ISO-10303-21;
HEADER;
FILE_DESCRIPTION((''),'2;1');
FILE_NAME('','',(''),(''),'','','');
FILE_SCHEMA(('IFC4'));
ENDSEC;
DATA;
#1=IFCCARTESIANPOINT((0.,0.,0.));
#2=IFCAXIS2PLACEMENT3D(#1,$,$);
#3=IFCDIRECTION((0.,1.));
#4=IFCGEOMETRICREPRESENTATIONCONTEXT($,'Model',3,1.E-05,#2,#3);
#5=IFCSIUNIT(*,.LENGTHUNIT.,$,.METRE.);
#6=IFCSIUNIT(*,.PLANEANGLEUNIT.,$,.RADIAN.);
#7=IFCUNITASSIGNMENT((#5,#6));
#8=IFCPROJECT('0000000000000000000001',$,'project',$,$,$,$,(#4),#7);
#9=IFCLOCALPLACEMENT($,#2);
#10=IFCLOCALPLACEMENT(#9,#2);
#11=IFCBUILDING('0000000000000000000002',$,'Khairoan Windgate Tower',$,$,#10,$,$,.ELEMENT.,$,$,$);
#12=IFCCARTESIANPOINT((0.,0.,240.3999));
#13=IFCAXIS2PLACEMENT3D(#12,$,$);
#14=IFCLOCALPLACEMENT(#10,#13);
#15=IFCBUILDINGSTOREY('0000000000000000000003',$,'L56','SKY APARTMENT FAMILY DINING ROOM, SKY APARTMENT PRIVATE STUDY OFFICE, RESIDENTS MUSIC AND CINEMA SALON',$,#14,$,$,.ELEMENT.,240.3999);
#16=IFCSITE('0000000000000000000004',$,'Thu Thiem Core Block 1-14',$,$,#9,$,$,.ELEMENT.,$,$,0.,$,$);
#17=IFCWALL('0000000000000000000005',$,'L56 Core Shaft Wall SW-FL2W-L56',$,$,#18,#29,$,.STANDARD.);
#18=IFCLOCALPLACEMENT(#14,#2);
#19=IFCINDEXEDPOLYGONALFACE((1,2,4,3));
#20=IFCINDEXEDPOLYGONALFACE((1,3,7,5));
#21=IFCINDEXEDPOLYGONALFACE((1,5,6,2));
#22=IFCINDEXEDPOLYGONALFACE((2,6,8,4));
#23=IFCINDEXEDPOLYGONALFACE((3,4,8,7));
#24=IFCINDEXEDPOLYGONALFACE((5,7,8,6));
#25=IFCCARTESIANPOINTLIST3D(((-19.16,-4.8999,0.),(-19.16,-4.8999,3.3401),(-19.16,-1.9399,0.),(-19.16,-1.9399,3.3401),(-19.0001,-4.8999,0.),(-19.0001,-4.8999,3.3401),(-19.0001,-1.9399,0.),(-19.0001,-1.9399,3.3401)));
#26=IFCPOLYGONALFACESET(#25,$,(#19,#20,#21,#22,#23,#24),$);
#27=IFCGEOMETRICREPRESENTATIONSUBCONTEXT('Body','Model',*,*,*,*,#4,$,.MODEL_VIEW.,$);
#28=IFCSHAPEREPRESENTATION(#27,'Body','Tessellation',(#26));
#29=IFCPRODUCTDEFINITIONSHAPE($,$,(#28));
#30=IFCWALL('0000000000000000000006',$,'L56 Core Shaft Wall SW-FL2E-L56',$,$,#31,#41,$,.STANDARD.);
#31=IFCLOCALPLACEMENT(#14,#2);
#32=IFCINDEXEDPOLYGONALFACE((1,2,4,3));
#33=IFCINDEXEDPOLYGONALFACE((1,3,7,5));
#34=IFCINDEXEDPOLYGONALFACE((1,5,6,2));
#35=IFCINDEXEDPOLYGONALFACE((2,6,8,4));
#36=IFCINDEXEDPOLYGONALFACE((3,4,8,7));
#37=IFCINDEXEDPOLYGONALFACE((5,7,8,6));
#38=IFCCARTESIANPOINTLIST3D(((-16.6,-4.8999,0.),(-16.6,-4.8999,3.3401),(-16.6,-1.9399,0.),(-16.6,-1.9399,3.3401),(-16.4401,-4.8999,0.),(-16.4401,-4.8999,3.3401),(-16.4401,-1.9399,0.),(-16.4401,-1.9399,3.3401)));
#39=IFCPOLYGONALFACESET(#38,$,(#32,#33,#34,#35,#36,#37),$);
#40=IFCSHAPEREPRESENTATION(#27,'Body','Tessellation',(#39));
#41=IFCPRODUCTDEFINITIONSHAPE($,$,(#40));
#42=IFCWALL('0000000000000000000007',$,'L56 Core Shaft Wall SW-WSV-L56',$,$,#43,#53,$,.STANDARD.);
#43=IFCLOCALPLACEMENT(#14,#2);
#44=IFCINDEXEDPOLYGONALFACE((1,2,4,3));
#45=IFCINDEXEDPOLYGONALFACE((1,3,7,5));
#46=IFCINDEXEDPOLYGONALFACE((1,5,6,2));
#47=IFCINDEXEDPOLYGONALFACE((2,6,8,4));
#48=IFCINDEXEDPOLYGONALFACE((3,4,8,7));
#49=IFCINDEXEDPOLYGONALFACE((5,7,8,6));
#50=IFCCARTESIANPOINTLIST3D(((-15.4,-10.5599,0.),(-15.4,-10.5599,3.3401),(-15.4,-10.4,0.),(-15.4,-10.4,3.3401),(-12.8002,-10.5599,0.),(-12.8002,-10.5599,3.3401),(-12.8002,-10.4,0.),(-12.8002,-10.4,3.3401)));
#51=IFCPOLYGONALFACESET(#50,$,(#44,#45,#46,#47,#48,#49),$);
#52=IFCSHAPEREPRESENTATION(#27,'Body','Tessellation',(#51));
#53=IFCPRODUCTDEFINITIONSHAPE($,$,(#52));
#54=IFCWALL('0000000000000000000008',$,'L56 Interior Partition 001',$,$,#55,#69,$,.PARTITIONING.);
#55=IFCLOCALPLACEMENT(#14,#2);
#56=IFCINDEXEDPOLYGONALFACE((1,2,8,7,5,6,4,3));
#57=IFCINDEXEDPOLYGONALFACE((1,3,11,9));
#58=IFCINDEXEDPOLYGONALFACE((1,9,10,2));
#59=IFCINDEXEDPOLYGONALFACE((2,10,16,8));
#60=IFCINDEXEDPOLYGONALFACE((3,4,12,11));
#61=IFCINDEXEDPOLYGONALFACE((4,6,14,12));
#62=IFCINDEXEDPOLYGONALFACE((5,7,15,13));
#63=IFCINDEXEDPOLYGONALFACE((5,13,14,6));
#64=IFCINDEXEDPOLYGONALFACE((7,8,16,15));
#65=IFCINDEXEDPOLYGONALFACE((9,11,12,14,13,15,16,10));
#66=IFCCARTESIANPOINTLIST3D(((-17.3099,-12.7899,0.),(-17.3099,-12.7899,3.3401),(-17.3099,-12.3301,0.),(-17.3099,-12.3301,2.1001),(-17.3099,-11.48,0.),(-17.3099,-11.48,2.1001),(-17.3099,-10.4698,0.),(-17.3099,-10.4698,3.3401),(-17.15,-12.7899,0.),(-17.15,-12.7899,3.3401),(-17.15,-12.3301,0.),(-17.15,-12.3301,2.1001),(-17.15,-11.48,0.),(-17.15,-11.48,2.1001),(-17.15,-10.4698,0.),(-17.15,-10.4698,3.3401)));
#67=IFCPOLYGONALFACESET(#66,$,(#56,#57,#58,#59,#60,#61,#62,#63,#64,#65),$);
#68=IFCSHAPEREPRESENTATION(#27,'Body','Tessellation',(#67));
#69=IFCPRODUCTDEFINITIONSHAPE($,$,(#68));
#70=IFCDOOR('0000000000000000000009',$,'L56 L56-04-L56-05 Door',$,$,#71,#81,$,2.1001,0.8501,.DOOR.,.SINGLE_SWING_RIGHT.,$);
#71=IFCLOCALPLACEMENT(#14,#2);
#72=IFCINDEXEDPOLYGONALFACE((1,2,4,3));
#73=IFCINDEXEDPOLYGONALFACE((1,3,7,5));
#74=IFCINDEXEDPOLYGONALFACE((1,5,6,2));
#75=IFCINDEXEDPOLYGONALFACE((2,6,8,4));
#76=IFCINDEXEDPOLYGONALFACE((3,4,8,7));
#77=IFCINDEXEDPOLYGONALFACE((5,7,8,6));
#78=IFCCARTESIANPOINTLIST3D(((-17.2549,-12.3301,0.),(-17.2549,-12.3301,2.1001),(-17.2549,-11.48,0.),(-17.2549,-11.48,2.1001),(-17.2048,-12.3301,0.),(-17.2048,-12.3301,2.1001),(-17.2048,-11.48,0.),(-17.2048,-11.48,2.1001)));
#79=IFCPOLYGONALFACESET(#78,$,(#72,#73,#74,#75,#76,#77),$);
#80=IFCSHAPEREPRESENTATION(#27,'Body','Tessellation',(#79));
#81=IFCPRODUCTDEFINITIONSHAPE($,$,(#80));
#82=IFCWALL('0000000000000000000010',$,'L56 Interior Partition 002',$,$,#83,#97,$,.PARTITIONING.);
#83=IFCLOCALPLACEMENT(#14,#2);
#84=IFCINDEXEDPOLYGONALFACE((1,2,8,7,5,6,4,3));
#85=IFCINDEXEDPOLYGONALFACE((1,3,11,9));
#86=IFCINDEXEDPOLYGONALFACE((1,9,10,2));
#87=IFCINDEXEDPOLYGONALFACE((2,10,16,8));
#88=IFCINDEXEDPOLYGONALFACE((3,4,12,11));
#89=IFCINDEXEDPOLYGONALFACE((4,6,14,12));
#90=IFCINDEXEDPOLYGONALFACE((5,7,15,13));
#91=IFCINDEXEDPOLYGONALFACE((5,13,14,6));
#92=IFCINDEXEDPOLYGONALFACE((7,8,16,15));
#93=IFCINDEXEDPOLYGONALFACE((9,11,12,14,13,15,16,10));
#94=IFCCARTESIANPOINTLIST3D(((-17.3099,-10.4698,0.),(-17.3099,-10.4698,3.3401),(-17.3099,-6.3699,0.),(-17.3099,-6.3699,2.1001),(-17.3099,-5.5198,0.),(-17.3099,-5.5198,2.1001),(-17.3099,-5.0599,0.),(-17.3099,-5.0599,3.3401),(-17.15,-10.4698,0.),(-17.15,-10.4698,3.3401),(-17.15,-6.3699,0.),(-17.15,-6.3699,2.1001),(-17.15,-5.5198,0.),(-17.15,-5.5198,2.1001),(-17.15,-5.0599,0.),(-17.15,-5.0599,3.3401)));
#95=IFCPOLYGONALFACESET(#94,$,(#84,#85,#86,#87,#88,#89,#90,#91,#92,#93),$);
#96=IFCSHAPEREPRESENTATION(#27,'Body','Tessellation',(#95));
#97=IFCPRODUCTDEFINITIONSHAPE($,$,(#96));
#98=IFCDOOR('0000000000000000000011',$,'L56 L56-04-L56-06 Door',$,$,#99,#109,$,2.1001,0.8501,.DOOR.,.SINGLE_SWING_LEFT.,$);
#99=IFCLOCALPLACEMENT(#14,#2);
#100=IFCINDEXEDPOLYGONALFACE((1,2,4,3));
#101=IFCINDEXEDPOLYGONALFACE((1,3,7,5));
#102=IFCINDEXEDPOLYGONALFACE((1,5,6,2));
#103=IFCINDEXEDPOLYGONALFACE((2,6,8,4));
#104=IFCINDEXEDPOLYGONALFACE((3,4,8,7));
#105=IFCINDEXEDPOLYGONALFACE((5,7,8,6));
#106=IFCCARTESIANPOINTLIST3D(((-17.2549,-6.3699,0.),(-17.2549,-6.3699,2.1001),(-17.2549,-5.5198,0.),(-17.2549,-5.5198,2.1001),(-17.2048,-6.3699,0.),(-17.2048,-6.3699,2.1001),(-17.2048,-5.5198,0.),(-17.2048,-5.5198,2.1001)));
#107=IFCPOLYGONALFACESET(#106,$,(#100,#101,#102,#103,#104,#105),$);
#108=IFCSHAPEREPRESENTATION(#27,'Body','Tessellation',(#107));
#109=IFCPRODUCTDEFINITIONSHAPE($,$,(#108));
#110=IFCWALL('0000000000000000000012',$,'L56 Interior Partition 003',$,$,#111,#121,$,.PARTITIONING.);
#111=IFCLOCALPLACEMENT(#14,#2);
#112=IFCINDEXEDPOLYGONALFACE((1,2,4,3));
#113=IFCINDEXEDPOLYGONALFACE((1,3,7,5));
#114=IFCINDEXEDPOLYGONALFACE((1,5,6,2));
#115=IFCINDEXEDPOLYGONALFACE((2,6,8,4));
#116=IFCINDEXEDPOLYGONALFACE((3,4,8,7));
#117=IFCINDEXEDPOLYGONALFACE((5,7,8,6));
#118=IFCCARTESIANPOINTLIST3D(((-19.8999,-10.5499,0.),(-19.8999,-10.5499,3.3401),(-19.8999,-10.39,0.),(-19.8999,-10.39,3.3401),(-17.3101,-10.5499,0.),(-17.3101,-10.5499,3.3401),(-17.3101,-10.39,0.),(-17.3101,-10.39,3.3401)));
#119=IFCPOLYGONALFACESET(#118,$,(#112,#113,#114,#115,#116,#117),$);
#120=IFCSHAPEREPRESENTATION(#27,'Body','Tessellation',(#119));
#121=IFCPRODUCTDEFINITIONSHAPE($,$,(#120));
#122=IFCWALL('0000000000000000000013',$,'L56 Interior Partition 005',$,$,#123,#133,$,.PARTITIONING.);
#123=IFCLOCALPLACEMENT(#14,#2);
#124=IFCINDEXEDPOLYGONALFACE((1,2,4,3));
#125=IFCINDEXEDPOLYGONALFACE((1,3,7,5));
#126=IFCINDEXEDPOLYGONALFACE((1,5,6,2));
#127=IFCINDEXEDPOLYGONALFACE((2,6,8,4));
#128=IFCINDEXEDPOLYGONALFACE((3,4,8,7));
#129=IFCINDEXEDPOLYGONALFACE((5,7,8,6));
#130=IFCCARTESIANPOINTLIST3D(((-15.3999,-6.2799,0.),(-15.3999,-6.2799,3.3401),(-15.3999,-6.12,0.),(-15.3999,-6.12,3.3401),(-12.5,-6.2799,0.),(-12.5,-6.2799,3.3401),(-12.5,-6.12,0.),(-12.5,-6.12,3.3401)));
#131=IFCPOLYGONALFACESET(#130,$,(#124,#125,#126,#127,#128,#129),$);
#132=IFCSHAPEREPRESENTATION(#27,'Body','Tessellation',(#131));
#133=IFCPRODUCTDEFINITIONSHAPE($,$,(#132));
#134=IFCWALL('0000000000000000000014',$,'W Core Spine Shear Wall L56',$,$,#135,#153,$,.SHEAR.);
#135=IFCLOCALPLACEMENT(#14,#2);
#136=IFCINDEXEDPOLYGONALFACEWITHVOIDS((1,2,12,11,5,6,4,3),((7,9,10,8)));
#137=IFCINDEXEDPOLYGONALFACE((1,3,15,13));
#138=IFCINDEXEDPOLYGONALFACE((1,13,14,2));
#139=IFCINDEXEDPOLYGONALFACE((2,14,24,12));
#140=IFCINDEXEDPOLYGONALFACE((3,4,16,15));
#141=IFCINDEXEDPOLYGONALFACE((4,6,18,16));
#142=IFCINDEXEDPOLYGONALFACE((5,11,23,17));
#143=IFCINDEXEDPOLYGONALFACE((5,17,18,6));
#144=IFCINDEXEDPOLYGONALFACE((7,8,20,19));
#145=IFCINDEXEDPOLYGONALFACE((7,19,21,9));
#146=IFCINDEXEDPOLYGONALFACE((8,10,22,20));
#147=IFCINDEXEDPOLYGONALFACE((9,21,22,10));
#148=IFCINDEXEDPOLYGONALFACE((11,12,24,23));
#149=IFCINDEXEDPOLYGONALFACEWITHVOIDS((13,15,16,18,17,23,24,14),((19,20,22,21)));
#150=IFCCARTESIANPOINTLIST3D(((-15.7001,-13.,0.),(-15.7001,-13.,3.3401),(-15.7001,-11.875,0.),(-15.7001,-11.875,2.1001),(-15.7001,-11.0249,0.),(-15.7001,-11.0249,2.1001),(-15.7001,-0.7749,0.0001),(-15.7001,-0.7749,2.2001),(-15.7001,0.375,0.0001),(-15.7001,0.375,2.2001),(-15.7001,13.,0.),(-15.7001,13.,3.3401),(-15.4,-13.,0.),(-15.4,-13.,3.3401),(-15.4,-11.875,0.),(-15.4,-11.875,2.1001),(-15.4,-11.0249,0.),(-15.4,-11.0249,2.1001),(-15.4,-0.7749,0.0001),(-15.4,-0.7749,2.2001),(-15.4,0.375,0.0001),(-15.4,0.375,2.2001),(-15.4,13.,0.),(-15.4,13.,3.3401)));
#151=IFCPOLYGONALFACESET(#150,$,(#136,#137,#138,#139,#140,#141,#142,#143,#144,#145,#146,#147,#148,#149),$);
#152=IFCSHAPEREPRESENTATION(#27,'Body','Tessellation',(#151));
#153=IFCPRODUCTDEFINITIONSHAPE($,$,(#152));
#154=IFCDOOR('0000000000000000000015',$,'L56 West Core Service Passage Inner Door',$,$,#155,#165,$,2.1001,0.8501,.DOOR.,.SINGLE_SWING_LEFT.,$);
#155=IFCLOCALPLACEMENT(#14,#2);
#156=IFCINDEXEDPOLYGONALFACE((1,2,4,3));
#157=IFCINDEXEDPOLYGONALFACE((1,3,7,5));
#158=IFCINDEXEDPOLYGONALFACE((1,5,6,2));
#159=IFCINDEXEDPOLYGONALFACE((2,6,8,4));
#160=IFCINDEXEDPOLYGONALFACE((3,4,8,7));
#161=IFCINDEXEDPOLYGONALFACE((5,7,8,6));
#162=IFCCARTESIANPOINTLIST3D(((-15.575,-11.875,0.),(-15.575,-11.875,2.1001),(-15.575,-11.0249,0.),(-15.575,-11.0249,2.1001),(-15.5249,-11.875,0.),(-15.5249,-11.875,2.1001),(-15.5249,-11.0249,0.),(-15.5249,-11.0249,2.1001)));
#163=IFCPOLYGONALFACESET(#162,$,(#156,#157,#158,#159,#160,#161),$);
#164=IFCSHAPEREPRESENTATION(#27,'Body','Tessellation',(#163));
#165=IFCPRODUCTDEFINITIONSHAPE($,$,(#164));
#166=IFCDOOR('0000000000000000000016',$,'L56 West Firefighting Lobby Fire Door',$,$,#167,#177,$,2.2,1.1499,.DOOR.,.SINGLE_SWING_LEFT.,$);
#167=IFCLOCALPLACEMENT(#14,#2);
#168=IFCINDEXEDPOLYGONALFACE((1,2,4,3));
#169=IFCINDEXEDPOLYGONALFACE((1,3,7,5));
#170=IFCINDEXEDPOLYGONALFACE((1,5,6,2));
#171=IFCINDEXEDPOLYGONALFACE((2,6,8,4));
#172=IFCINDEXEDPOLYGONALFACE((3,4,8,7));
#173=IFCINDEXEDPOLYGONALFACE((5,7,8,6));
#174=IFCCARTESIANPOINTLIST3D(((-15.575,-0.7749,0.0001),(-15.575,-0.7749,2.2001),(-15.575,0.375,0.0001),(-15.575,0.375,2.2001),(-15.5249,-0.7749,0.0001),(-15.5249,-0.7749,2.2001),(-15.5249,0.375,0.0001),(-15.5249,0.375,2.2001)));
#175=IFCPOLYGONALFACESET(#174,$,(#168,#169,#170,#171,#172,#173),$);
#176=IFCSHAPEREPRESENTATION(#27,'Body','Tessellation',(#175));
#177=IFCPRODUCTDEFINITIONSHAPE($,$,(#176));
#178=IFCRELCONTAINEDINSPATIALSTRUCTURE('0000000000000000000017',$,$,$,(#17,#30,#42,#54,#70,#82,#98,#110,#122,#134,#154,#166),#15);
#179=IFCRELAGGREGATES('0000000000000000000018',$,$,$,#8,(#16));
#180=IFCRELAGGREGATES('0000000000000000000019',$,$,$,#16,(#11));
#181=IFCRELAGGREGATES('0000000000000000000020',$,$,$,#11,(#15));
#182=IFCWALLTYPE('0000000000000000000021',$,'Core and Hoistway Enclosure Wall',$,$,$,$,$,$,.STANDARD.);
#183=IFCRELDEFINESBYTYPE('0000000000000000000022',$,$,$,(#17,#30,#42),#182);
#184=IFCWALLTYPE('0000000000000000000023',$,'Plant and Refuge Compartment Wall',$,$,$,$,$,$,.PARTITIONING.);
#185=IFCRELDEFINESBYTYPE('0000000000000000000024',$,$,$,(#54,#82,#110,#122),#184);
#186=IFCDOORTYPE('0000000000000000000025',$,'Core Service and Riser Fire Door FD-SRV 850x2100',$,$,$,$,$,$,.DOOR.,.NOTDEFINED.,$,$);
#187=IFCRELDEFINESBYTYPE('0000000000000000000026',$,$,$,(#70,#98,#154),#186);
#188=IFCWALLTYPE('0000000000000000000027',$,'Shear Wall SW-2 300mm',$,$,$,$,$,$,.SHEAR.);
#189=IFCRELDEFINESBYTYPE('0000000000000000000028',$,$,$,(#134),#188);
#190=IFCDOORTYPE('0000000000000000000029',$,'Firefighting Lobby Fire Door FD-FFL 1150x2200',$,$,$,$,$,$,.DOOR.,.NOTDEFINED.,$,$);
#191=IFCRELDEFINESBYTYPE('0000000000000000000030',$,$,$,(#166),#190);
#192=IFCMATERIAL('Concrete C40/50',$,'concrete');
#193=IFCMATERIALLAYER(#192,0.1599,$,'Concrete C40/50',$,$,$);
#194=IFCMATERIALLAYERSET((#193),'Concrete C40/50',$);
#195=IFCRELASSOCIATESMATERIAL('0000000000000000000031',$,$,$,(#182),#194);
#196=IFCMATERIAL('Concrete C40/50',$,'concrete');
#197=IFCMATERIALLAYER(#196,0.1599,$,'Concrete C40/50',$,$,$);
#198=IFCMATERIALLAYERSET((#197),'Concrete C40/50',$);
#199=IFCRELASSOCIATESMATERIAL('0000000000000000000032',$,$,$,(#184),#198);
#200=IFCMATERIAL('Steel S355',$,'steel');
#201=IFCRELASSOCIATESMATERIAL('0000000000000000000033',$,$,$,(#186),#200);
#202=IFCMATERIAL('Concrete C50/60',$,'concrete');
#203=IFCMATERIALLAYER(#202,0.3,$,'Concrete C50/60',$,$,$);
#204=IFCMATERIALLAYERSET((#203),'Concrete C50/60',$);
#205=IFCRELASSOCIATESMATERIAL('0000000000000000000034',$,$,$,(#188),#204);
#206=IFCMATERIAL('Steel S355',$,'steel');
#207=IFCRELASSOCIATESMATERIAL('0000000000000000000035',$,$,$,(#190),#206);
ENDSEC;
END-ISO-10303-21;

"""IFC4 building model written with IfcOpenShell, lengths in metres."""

from ifc_helpers import new_model, si_unit, direction, frame, frame_2d, origin, place, context, subcontext, project, spatial, rectangle, extrude, material, layer, layer_set, type_object, element, fill, save


model = new_model("IFC4")

# Units and contexts
model_context = context("Model", 3, precision=1e-05, world=origin(), true_north=direction((0.0, 1.0)))
body_context = subcontext(model_context, "Body", "Model", "MODEL_VIEW")
ifc_project = project(units=[si_unit("LENGTHUNIT", "METRE"), si_unit("PLANEANGLEUNIT", "RADIAN")], contexts=[model_context])

# Site, building, storey
site_placement = place(None, origin())
site = spatial("IfcSite", under=ifc_project, at=site_placement, Name="Thu Thiem Core Block 1-14", CompositionType="ELEMENT", RefElevation=0.0)
building_placement = place(site_placement, origin())
building = spatial("IfcBuilding", under=site, at=building_placement, Name="Khairoan Windgate Tower", CompositionType="ELEMENT")
storey_placement = place(building_placement, frame((0.0, 0.0, 240.3999)))
storey = spatial("IfcBuildingStorey", under=building, at=storey_placement, Name="L56", Description="SKY APARTMENT FAMILY DINING ROOM, SKY APARTMENT PRIVATE STUDY OFFICE, RESIDENTS MUSIC AND CINEMA SALON", CompositionType="ELEMENT", Elevation=240.3999)

# Shared definitions
ifc_material_1 = material(Name="Concrete C40/50", Category="concrete")
ifc_layer_1 = layer(ifc_material_1, 0.1599, Name="Concrete C40/50")
ifc_layer_set_1 = layer_set([ifc_layer_1], Name="Concrete C40/50")
wall_type_1 = type_object("IfcWallType", Name="Core and Hoistway Enclosure Wall", PredefinedType="STANDARD", material=ifc_layer_set_1)

# Walls
for number, where, z_axis, x_axis, name in (
    (1, (-19.0801, -4.8999, 0.0), (0.0, 0.0, 1.0), (0.0, 1.0, 0.0), "L56 Core Shaft Wall SW-FL2W-L56"),
    (2, (-16.52, -4.8999, 0.0), (0.0, 0.0, 1.0), (0.0, 1.0, 0.0), "L56 Core Shaft Wall SW-FL2E-L56"),
):
    element("IfcWall", number, at=place(storey_placement, frame(where, z_axis=z_axis, x_axis=x_axis)), inside=storey, type_object=wall_type_1, Name=name, PredefinedType="STANDARD", context=body_context, shape_type="SweptSolid", body=[
        extrude(rectangle(XDim=2.96, YDim=0.1599, at=frame_2d((1.48, 0.0))), origin(), (0.0, 0.0, 1.0), 3.3401),
    ])
wall_1_placement = place(storey_placement, frame((-15.3999, -10.48, 0.0), z_axis=(0.0, 0.0, 1.0), x_axis=(1.0, 0.0, 0.0)))
element("IfcWall", 3, at=wall_1_placement, inside=storey, type_object=wall_type_1, Name="L56 Core Shaft Wall SW-WSV-L56", PredefinedType="STANDARD", context=body_context, shape_type="SweptSolid", body=[
    extrude(rectangle(XDim=2.5999, YDim=0.1599, at=frame_2d((1.2998, 0.0))), origin(), (0.0, 0.0, 1.0), 3.3401),
])

# Walls, openings, doors
ifc_material_2 = material(Name="Concrete C40/50", Category="concrete")
ifc_layer_2 = layer(ifc_material_2, 0.1599, Name="Concrete C40/50")
ifc_layer_set_2 = layer_set([ifc_layer_2], Name="Concrete C40/50")
wall_type_2 = type_object("IfcWallType", Name="Plant and Refuge Compartment Wall", PredefinedType="PARTITIONING", material=ifc_layer_set_2)
wall_2_placement = place(storey_placement, frame((-17.23, -12.79, 0.0), z_axis=(0.0, 0.0, 1.0), x_axis=(0.0, 1.0, 0.0)))
wall_2 = element("IfcWall", 4, at=wall_2_placement, inside=storey, type_object=wall_type_2, Name="L56 Interior Partition 001", PredefinedType="PARTITIONING", context=body_context, shape_type="SweptSolid", body=[
    extrude(rectangle(XDim=2.3201, YDim=0.1599, at=frame_2d((1.1602, 0.0))), origin(), (0.0, 0.0, 1.0), 3.3401),
])
opening_1_placement = place(wall_2_placement, frame((0.46, 0.0, 0.0)))
opening_1 = element("IfcOpeningElement", 5, at=opening_1_placement, cuts=wall_2, PredefinedType="OPENING", context=body_context, shape_type="SweptSolid", body=[
    extrude(rectangle(XDim=0.8501, YDim=2.1001, at=frame_2d((0.425, 1.05))), frame((0.0, 0.0898, 0.0), z_axis=(0.0, -1.0, 0.0), x_axis=(1.0, 0.0, 0.0)), (0.0, 0.0, 1.0), 0.1799),
])
ifc_material_3 = material(Name="Steel S355", Category="steel")
door_type_1 = type_object("IfcDoorType", Name="Core Service and Riser Fire Door FD-SRV 850x2100", OperationType="NOTDEFINED", PredefinedType="DOOR", material=ifc_material_3)
door_1_placement = place(opening_1_placement, origin())
door_1 = element("IfcDoor", 6, at=door_1_placement, inside=storey, type_object=door_type_1, Name="L56 L56-04-L56-05 Door", OperationType="SINGLE_SWING_RIGHT", OverallHeight=2.1001, OverallWidth=0.8501, PredefinedType="DOOR", context=body_context, shape_type="SweptSolid", body=[
    extrude(rectangle(XDim=0.8501, YDim=2.1001, at=frame_2d((0.425, 1.05))), frame((0.0, 0.0249, 0.0), z_axis=(0.0, -1.0, 0.0), x_axis=(1.0, 0.0, 0.0)), (0.0, 0.0, 1.0), 0.05),
])
fill(opening_1, door_1)
wall_3_placement = place(storey_placement, frame((-17.23, -10.47, 0.0), z_axis=(0.0, 0.0, 1.0), x_axis=(0.0, 1.0, 0.0)))
wall_3 = element("IfcWall", 7, at=wall_3_placement, inside=storey, type_object=wall_type_2, Name="L56 Interior Partition 002", PredefinedType="PARTITIONING", context=body_context, shape_type="SweptSolid", body=[
    extrude(rectangle(XDim=5.4099, YDim=0.1599, at=frame_2d((2.7051, 0.0))), origin(), (0.0, 0.0, 1.0), 3.3401),
])
opening_2_placement = place(wall_3_placement, frame((4.1001, 0.0, 0.0)))
opening_2 = element("IfcOpeningElement", 8, at=opening_2_placement, cuts=wall_3, PredefinedType="OPENING", context=body_context, shape_type="SweptSolid", body=[
    extrude(rectangle(XDim=0.8501, YDim=2.1001, at=frame_2d((0.425, 1.05))), frame((0.0, 0.0898, 0.0), z_axis=(0.0, -1.0, 0.0), x_axis=(1.0, 0.0, 0.0)), (0.0, 0.0, 1.0), 0.1799),
])
door_2_placement = place(opening_2_placement, origin())
door_2 = element("IfcDoor", 9, at=door_2_placement, inside=storey, type_object=door_type_1, Name="L56 L56-04-L56-06 Door", OperationType="SINGLE_SWING_LEFT", OverallHeight=2.1001, OverallWidth=0.8501, PredefinedType="DOOR", context=body_context, shape_type="SweptSolid", body=[
    extrude(rectangle(XDim=0.8501, YDim=2.1001, at=frame_2d((0.425, 1.05))), frame((0.0, 0.0249, 0.0), z_axis=(0.0, -1.0, 0.0), x_axis=(1.0, 0.0, 0.0)), (0.0, 0.0, 1.0), 0.05),
])
fill(opening_2, door_2)

# Walls
wall_4_placement = place(storey_placement, frame((-19.8999, -10.47, 0.0), z_axis=(0.0, 0.0, 1.0), x_axis=(1.0, 0.0, 0.0)))
element("IfcWall", 10, at=wall_4_placement, inside=storey, type_object=wall_type_2, Name="L56 Interior Partition 003", PredefinedType="PARTITIONING", context=body_context, shape_type="SweptSolid", body=[
    extrude(rectangle(XDim=2.5898, YDim=0.1599, at=frame_2d((1.2949, 0.0))), origin(), (0.0, 0.0, 1.0), 3.3401),
])
wall_5_placement = place(storey_placement, frame((-15.3999, -6.2, 0.0), z_axis=(0.0, 0.0, 1.0), x_axis=(1.0, 0.0, 0.0)))
element("IfcWall", 11, at=wall_5_placement, inside=storey, type_object=wall_type_2, Name="L56 Interior Partition 005", PredefinedType="PARTITIONING", context=body_context, shape_type="SweptSolid", body=[
    extrude(rectangle(XDim=2.8999, YDim=0.1599, at=frame_2d((1.45, 0.0))), origin(), (0.0, 0.0, 1.0), 3.3401),
])

# Wall, openings, doors
ifc_material_4 = material(Name="Concrete C50/60", Category="concrete")
ifc_layer_3 = layer(ifc_material_4, 0.3, Name="Concrete C50/60")
ifc_layer_set_3 = layer_set([ifc_layer_3], Name="Concrete C50/60")
wall_type_3 = type_object("IfcWallType", Name="Shear Wall SW-2 300mm", PredefinedType="SHEAR", material=ifc_layer_set_3)
wall_6_placement = place(storey_placement, frame((-15.55, -13.0, 0.0), z_axis=(0.0, 0.0, 1.0), x_axis=(0.0, 1.0, 0.0)))
wall_6 = element("IfcWall", 12, at=wall_6_placement, inside=storey, type_object=wall_type_3, Name="W Core Spine Shear Wall L56", PredefinedType="SHEAR", context=body_context, shape_type="SweptSolid", body=[
    extrude(rectangle(XDim=26.0, YDim=0.3, at=frame_2d((13.0, 0.0))), origin(), (0.0, 0.0, 1.0), 3.3401),
])
opening_3_placement = place(wall_6_placement, frame((12.2251, 0.0, 0.0)))
opening_3 = element("IfcOpeningElement", 13, at=opening_3_placement, cuts=wall_6, PredefinedType="OPENING", context=body_context, shape_type="SweptSolid", body=[
    extrude(rectangle(XDim=1.1499, YDim=2.2, at=frame_2d((0.575, 1.1001))), frame((0.0, 0.1599, 0.0), z_axis=(0.0, -1.0, 0.0), x_axis=(1.0, 0.0, 0.0)), (0.0, 0.0, 1.0), 0.3201),
])
opening_4_placement = place(wall_6_placement, frame((1.125, 0.0, 0.0)))
opening_4 = element("IfcOpeningElement", 14, at=opening_4_placement, cuts=wall_6, PredefinedType="OPENING", context=body_context, shape_type="SweptSolid", body=[
    extrude(rectangle(XDim=0.8501, YDim=2.1001, at=frame_2d((0.425, 1.05))), frame((0.0, 0.1599, 0.0), z_axis=(0.0, -1.0, 0.0), x_axis=(1.0, 0.0, 0.0)), (0.0, 0.0, 1.0), 0.3201),
])
door_3_placement = place(opening_4_placement, origin())
door_3 = element("IfcDoor", 15, at=door_3_placement, inside=storey, type_object=door_type_1, Name="L56 West Core Service Passage Inner Door", OperationType="SINGLE_SWING_LEFT", OverallHeight=2.1001, OverallWidth=0.8501, PredefinedType="DOOR", context=body_context, shape_type="SweptSolid", body=[
    extrude(rectangle(XDim=0.8501, YDim=2.1001, at=frame_2d((0.425, 1.05))), frame((0.0, 0.0249, 0.0), z_axis=(0.0, -1.0, 0.0), x_axis=(1.0, 0.0, 0.0)), (0.0, 0.0, 1.0), 0.05),
])
fill(opening_4, door_3)
ifc_material_5 = material(Name="Steel S355", Category="steel")
door_type_2 = type_object("IfcDoorType", Name="Firefighting Lobby Fire Door FD-FFL 1150x2200", OperationType="NOTDEFINED", PredefinedType="DOOR", material=ifc_material_5)
door_4_placement = place(opening_3_placement, origin())
door_4 = element("IfcDoor", 16, at=door_4_placement, inside=storey, type_object=door_type_2, Name="L56 West Firefighting Lobby Fire Door", OperationType="SINGLE_SWING_LEFT", OverallHeight=2.2, OverallWidth=1.1499, PredefinedType="DOOR", context=body_context, shape_type="SweptSolid", body=[
    extrude(rectangle(XDim=1.1499, YDim=2.2, at=frame_2d((0.575, 1.1001))), frame((0.0, 0.0249, 0.0), z_axis=(0.0, -1.0, 0.0), x_axis=(1.0, 0.0, 0.0)), (0.0, 0.0, 1.0), 0.05),
])
fill(opening_3, door_4)

save(model, "model.ifc")
